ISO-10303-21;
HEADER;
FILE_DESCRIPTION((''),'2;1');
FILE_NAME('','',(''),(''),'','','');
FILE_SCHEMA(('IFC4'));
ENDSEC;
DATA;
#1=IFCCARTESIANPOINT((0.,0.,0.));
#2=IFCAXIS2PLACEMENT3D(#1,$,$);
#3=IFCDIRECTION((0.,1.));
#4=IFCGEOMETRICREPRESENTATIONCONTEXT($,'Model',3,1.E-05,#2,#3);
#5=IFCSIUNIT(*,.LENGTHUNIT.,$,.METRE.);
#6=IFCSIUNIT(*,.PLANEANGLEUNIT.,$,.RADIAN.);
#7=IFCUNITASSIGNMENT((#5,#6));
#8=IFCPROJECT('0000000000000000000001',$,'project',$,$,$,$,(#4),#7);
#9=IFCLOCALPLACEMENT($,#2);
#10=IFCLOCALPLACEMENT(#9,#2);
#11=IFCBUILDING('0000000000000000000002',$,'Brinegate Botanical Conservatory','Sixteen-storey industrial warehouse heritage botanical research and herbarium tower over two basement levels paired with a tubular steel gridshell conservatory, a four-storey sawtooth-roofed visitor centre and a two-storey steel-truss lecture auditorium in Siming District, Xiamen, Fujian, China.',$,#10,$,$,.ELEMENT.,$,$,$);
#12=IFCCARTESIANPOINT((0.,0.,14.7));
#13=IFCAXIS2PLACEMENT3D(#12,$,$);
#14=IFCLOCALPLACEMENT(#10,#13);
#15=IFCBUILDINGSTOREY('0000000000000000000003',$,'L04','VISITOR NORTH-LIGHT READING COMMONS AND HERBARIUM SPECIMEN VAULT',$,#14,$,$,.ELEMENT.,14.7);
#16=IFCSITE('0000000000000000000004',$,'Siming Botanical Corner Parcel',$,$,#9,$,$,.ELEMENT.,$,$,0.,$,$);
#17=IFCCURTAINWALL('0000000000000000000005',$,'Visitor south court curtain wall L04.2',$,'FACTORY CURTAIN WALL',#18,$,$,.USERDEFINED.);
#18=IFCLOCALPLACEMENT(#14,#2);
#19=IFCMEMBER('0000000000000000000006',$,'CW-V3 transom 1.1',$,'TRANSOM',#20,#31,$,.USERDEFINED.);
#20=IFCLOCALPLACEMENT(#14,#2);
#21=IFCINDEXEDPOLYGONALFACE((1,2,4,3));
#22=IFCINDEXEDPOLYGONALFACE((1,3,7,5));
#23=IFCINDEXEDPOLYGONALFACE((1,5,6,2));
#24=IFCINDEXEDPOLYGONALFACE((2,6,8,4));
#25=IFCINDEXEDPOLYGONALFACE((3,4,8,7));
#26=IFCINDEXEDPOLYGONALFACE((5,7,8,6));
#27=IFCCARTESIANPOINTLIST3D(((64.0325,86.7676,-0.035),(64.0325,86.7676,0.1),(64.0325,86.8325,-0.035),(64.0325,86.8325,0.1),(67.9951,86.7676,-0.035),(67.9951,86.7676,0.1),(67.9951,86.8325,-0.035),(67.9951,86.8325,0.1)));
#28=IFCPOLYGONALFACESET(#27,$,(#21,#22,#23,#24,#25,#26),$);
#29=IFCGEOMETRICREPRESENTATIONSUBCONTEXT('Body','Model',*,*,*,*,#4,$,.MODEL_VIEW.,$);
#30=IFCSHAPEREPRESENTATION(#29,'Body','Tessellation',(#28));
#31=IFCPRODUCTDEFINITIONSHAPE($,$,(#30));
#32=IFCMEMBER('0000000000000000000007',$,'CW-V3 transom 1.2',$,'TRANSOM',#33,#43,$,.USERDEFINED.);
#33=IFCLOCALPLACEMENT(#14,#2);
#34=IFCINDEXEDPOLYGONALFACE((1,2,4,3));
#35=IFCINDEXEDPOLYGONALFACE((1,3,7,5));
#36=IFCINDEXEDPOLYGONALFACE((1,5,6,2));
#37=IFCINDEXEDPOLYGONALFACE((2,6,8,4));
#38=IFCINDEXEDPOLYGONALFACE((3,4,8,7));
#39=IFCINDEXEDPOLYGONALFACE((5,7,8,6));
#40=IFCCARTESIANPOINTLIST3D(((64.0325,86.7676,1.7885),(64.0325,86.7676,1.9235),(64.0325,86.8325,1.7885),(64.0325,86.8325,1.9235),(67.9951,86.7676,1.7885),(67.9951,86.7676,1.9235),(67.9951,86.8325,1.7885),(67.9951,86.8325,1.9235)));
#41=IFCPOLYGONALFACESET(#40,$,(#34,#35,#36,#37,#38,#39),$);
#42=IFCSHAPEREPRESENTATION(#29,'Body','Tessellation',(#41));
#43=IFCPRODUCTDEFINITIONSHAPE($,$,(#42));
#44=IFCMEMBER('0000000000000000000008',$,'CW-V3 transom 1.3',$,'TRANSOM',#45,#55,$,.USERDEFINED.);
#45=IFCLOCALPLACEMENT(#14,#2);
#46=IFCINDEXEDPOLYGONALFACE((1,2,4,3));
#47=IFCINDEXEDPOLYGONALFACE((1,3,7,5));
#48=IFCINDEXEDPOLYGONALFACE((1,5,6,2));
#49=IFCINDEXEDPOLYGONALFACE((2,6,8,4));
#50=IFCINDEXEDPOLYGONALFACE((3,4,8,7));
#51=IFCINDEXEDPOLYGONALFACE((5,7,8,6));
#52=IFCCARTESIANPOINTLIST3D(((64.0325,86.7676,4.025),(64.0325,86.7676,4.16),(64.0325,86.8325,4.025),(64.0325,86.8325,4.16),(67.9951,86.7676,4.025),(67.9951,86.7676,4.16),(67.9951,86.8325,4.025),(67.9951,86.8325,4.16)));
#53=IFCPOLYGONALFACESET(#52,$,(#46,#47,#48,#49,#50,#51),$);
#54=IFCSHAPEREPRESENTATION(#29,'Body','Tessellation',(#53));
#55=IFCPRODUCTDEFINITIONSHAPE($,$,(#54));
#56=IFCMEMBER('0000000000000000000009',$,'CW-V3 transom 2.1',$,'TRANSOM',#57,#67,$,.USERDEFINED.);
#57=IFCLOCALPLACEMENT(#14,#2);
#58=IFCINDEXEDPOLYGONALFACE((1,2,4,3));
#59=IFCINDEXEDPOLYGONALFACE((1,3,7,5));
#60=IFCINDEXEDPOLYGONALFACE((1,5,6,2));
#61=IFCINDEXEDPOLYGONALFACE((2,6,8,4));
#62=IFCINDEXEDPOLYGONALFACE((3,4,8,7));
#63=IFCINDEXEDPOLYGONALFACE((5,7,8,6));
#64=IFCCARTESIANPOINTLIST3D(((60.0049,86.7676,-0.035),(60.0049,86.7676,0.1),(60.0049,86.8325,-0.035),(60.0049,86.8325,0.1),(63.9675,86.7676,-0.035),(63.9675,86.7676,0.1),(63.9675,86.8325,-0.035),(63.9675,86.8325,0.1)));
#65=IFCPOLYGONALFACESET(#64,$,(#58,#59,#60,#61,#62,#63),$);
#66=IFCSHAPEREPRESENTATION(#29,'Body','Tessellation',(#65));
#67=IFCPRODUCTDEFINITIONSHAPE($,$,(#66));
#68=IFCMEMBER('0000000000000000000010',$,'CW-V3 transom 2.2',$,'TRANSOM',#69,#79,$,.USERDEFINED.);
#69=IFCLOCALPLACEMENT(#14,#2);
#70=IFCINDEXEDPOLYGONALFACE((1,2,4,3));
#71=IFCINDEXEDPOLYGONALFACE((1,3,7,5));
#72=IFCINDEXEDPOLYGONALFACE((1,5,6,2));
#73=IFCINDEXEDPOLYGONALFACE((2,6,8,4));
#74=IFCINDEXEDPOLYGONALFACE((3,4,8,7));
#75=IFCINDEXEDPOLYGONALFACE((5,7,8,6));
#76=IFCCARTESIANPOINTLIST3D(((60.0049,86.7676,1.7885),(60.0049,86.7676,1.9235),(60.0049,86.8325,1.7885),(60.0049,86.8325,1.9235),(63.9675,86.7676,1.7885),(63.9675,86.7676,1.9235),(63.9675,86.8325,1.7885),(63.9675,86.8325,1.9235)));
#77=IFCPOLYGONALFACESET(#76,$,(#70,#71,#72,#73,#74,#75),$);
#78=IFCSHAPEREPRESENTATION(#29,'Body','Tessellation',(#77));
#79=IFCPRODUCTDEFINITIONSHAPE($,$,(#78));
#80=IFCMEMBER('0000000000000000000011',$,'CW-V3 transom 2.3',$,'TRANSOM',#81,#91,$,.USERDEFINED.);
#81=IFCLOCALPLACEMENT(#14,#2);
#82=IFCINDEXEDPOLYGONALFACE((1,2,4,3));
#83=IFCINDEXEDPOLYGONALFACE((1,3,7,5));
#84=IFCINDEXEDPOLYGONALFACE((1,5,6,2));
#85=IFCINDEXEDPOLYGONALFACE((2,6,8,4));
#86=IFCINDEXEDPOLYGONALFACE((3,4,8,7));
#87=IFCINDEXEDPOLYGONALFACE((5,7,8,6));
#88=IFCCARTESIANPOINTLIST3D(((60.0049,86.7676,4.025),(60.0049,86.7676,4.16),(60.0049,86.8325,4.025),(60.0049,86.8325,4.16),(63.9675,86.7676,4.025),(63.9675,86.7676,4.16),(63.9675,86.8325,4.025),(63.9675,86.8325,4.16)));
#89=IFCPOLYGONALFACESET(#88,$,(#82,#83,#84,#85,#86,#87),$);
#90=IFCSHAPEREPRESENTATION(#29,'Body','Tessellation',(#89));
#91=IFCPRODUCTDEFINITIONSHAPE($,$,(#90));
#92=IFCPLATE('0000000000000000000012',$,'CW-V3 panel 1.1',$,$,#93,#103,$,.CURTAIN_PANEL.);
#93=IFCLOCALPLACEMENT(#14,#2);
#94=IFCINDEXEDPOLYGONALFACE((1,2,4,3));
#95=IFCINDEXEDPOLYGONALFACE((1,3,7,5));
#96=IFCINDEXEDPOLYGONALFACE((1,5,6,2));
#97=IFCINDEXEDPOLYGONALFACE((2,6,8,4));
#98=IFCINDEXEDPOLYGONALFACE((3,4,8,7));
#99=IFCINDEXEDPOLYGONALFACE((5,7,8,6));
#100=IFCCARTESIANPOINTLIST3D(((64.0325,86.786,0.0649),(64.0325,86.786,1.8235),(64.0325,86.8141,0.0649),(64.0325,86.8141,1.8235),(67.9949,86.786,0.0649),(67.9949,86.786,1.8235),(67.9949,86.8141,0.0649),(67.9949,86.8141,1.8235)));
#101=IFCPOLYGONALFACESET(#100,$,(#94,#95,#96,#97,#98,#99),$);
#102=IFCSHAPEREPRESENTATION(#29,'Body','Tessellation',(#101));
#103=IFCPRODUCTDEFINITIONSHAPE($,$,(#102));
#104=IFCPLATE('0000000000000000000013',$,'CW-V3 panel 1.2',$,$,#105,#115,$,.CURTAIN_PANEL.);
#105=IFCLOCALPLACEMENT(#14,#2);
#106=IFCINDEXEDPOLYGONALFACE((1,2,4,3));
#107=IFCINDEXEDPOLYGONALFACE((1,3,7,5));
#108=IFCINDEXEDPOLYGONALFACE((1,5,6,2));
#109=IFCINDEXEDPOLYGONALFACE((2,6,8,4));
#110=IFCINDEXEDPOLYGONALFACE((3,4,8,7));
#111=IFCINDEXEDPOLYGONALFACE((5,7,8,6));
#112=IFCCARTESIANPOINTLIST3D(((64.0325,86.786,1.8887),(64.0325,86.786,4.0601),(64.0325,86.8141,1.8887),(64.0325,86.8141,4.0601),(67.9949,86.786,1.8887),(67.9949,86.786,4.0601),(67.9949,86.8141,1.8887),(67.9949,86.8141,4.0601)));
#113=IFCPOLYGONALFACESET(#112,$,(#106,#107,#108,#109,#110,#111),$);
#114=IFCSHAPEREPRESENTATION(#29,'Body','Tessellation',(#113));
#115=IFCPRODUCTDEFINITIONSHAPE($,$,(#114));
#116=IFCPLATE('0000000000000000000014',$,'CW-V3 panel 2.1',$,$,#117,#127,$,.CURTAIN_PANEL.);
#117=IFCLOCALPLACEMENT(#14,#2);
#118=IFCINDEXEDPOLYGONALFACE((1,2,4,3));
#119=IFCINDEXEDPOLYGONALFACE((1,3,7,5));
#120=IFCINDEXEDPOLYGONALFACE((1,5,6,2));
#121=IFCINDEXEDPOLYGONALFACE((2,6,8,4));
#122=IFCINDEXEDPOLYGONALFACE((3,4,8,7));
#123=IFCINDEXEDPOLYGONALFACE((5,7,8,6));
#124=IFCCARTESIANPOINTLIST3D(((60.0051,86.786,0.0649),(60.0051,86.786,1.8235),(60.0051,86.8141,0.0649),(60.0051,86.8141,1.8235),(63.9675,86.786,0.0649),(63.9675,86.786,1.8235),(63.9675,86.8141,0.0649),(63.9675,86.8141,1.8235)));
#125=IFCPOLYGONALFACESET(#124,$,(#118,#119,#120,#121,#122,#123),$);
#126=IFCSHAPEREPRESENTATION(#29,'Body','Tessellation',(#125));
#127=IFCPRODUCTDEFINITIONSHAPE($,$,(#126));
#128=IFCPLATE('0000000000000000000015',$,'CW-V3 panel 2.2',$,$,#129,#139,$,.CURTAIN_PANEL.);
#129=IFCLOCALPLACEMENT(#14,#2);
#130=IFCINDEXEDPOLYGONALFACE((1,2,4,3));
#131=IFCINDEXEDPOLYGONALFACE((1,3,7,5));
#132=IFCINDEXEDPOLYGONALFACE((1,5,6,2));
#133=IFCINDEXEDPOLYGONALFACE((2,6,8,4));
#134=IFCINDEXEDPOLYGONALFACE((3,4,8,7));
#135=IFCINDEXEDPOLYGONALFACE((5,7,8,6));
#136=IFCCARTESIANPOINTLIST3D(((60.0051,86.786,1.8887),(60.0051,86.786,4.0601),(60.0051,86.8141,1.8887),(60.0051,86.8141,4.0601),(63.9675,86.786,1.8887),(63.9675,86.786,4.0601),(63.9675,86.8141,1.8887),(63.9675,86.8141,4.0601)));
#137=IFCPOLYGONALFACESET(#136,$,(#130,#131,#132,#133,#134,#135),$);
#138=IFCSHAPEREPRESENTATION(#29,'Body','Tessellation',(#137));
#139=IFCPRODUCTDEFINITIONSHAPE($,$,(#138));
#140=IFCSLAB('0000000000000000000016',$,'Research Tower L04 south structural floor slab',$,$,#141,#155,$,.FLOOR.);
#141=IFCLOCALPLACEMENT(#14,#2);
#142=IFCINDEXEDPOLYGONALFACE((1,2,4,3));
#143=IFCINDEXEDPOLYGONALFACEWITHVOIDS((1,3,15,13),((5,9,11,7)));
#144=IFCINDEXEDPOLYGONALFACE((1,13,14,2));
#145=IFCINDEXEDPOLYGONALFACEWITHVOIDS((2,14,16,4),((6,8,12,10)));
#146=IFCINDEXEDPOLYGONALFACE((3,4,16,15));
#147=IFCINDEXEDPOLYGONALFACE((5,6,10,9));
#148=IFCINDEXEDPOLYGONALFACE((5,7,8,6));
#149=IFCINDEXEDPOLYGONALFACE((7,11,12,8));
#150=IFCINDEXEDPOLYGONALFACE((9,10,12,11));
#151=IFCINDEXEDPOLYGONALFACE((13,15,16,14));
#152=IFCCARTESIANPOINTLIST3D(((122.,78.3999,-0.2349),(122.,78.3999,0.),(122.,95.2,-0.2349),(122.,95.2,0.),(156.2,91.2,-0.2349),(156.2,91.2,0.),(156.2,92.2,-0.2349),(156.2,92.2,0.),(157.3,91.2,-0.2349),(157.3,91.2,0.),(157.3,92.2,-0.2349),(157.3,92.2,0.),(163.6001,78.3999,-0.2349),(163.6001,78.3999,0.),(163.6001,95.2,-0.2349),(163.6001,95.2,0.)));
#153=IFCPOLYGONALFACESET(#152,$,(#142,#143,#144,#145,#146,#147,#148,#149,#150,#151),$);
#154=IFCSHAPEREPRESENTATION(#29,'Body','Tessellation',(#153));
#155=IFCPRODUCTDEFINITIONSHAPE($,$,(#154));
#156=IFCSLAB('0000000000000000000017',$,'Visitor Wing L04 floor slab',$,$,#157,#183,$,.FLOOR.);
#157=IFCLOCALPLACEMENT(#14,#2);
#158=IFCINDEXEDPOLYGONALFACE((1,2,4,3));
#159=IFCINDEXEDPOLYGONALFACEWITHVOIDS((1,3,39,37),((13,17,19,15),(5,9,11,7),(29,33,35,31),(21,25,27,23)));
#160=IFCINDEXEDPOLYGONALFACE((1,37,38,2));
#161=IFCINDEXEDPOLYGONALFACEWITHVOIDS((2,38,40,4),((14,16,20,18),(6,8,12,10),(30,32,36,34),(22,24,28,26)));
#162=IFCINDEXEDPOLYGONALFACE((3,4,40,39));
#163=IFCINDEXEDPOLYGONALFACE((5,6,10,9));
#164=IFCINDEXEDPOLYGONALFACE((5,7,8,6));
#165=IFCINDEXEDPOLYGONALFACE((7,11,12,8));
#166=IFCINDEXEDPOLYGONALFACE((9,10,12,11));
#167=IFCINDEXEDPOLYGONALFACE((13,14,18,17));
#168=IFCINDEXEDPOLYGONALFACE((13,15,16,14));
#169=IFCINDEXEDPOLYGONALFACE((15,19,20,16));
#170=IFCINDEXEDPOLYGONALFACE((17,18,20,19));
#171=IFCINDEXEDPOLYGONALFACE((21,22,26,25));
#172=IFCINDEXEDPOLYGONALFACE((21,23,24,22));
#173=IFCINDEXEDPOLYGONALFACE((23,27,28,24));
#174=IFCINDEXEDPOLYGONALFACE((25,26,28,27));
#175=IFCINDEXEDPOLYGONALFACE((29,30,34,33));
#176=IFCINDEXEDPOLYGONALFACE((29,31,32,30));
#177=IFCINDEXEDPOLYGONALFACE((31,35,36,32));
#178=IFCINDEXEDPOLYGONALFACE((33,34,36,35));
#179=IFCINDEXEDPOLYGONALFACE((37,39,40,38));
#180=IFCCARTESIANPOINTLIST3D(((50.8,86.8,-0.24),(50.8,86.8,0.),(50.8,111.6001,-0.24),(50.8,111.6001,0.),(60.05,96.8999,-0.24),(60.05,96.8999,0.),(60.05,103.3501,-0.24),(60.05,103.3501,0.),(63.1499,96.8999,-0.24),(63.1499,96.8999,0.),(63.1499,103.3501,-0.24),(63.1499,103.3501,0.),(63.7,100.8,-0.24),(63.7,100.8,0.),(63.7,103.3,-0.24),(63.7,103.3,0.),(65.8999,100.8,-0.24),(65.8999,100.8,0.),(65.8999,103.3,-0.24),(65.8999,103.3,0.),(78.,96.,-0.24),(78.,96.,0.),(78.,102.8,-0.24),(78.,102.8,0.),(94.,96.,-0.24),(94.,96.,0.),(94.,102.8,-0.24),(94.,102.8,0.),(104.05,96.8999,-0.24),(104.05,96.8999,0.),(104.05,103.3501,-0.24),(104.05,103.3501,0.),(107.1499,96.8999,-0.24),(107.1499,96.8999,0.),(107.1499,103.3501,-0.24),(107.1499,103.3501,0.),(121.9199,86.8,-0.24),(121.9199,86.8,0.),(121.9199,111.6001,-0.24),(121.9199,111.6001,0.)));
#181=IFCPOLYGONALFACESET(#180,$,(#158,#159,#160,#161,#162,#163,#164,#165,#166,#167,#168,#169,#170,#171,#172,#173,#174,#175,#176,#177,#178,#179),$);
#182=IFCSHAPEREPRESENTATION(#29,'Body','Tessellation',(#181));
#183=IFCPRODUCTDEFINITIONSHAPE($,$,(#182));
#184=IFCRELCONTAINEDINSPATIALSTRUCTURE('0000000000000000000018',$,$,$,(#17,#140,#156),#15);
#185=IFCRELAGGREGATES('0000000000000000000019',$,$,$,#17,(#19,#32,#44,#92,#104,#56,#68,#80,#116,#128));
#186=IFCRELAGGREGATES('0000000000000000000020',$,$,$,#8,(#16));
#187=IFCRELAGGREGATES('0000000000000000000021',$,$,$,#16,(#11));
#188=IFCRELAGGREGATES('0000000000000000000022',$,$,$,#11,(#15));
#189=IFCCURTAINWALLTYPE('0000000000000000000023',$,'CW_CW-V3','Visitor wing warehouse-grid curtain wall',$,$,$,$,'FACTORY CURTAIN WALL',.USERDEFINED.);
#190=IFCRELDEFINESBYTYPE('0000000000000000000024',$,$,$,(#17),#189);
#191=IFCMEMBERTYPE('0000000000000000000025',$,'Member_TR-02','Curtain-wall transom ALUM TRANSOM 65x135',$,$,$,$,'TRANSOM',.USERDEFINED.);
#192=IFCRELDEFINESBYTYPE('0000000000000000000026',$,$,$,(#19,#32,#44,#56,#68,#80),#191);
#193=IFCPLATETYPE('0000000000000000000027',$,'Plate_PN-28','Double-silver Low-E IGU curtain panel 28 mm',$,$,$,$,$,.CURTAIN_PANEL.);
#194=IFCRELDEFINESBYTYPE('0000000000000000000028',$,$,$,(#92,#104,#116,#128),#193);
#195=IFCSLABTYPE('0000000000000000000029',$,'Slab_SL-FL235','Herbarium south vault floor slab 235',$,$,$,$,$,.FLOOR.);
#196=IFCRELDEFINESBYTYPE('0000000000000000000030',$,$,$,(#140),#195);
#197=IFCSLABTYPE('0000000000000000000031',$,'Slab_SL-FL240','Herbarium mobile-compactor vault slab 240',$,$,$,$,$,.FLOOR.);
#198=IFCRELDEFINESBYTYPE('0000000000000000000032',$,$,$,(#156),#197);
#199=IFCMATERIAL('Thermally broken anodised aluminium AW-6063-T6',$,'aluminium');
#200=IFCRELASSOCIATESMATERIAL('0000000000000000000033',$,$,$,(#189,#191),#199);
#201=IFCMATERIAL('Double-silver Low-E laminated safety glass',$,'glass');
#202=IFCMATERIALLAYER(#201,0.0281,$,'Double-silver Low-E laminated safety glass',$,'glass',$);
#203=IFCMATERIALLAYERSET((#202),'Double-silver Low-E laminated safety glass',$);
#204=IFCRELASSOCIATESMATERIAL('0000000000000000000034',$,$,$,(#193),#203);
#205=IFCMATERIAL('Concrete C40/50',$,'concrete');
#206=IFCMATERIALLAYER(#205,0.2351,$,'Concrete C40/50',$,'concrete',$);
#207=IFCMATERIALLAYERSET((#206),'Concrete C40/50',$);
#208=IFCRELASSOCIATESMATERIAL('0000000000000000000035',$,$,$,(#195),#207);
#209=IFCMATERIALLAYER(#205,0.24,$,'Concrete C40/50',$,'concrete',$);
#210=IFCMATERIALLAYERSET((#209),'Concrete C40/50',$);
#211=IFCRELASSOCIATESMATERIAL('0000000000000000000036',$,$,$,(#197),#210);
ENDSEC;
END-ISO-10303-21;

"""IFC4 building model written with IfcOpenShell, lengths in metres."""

from ifc_helpers import new_model, si_unit, direction, frame, origin, origin_2d, place, context, subcontext, project, spatial, polyline, rectangle, outline, extrude, material, layer, layer_set, material_profile, profile_set, type_object, element, aggregate, save


model = new_model("IFC4")

# Units and contexts
model_context = context("Model", 3, precision=1e-05, world=origin(), true_north=direction((0.0, 1.0)))
body_context = subcontext(model_context, "Body", "Model", "MODEL_VIEW")
ifc_project = project(units=[si_unit("LENGTHUNIT", "METRE"), si_unit("PLANEANGLEUNIT", "RADIAN")], contexts=[model_context])

# Site, building, storey
site_placement = place(None, origin())
site = spatial("IfcSite", under=ifc_project, at=site_placement, Name="Siming Botanical Corner Parcel", CompositionType="ELEMENT", RefElevation=0.0)
building_placement = place(site_placement, origin())
building = spatial("IfcBuilding", under=site, at=building_placement, Name="Brinegate Botanical Conservatory", Description="Sixteen-storey industrial warehouse heritage botanical research and herbarium tower over two basement levels paired with a tubular steel gridshell conservatory, a four-storey sawtooth-roofed visitor centre and a two-storey steel-truss lecture auditorium in Siming District, Xiamen, Fujian, China.", CompositionType="ELEMENT")
storey_placement = place(building_placement, frame((0.0, 0.0, 14.7)))
storey = spatial("IfcBuildingStorey", under=building, at=storey_placement, Name="L04", Description="VISITOR NORTH-LIGHT READING COMMONS AND HERBARIUM SPECIMEN VAULT", CompositionType="ELEMENT", Elevation=14.7)

# Shared definitions
ifc_material_1 = material(Name="Concrete C40/50", Category="concrete")

# Curtain wall, members, plates
ifc_material_2 = material(Name="Thermally broken anodised aluminium AW-6063-T6", Category="aluminium")
curtain_wall_type = type_object("IfcCurtainWallType", Name="CW_CW-V3", Description="Visitor wing warehouse-grid curtain wall", ElementType="FACTORY CURTAIN WALL", PredefinedType="USERDEFINED", material=ifc_material_2)
curtain_wall_placement = place(storey_placement, origin())
curtain_wall = element("IfcCurtainWall", 1, at=curtain_wall_placement, inside=storey, type_object=curtain_wall_type, Name="Visitor south court curtain wall L04.2", ObjectType="FACTORY CURTAIN WALL", PredefinedType="USERDEFINED")
ifc_material_profile_1 = material_profile(ifc_material_2, rectangle(XDim=0.0649, YDim=0.135, at=origin_2d()), Name="ALUM TRANSOM 65x135")
ifc_profile_set_1 = profile_set([ifc_material_profile_1], Name="Thermally broken anodised aluminium AW-6063-T6")
member_type_1 = type_object("IfcMemberType", Name="Member_TR-02", Description="Curtain-wall transom ALUM TRANSOM 65x135", ElementType="TRANSOM", PredefinedType="USERDEFINED", material=ifc_profile_set_1)
member_1_placement = place(storey_placement, frame((67.9951, 86.8, 0.0325), z_axis=(-1.0, 0.0, 0.0), x_axis=(0.0, -1.0, 0.0)))
member_1 = element("IfcMember", 2, at=member_1_placement, type_object=member_type_1, Name="CW-V3 transom 1.1", ObjectType="TRANSOM", PredefinedType="USERDEFINED", context=body_context, shape_type="SweptSolid", body=[
    extrude(rectangle(XDim=0.0649, YDim=0.135, at=origin_2d()), origin(), (0.0, 0.0, 1.0), 3.9626),
])
member_2_placement = place(storey_placement, frame((67.9951, 86.8, 1.856), z_axis=(-1.0, 0.0, 0.0), x_axis=(0.0, -1.0, 0.0)))
member_2 = element("IfcMember", 3, at=member_2_placement, type_object=member_type_1, Name="CW-V3 transom 1.2", ObjectType="TRANSOM", PredefinedType="USERDEFINED", context=body_context, shape_type="SweptSolid", body=[
    extrude(rectangle(XDim=0.0649, YDim=0.135, at=origin_2d()), origin(), (0.0, 0.0, 1.0), 3.9626),
])
member_3_placement = place(storey_placement, frame((67.9951, 86.8, 4.0925), z_axis=(-1.0, 0.0, 0.0), x_axis=(0.0, -1.0, 0.0)))
member_3 = element("IfcMember", 4, at=member_3_placement, type_object=member_type_1, Name="CW-V3 transom 1.3", ObjectType="TRANSOM", PredefinedType="USERDEFINED", context=body_context, shape_type="SweptSolid", body=[
    extrude(rectangle(XDim=0.0649, YDim=0.135, at=origin_2d()), origin(), (0.0, 0.0, 1.0), 3.9626),
])
member_4_placement = place(storey_placement, frame((63.9675, 86.8, 0.0325), z_axis=(-1.0, 0.0, 0.0), x_axis=(0.0, -1.0, 0.0)))
member_4 = element("IfcMember", 5, at=member_4_placement, type_object=member_type_1, Name="CW-V3 transom 2.1", ObjectType="TRANSOM", PredefinedType="USERDEFINED", context=body_context, shape_type="SweptSolid", body=[
    extrude(rectangle(XDim=0.0649, YDim=0.135, at=origin_2d()), origin(), (0.0, 0.0, 1.0), 3.9626),
])
member_5_placement = place(storey_placement, frame((63.9675, 86.8, 1.856), z_axis=(-1.0, 0.0, 0.0), x_axis=(0.0, -1.0, 0.0)))
member_5 = element("IfcMember", 6, at=member_5_placement, type_object=member_type_1, Name="CW-V3 transom 2.2", ObjectType="TRANSOM", PredefinedType="USERDEFINED", context=body_context, shape_type="SweptSolid", body=[
    extrude(rectangle(XDim=0.0649, YDim=0.135, at=origin_2d()), origin(), (0.0, 0.0, 1.0), 3.9626),
])
member_6_placement = place(storey_placement, frame((63.9675, 86.8, 4.0925), z_axis=(-1.0, 0.0, 0.0), x_axis=(0.0, -1.0, 0.0)))
member_6 = element("IfcMember", 7, at=member_6_placement, type_object=member_type_1, Name="CW-V3 transom 2.3", ObjectType="TRANSOM", PredefinedType="USERDEFINED", context=body_context, shape_type="SweptSolid", body=[
    extrude(rectangle(XDim=0.0649, YDim=0.135, at=origin_2d()), origin(), (0.0, 0.0, 1.0), 3.9626),
])
ifc_material_3 = material(Name="Double-silver Low-E laminated safety glass", Category="glass")
ifc_layer_1 = layer(ifc_material_3, 0.0281, Name="Double-silver Low-E laminated safety glass", Category="glass")
ifc_layer_set_1 = layer_set([ifc_layer_1], Name="Double-silver Low-E laminated safety glass")
plate_type = type_object("IfcPlateType", Name="Plate_PN-28", Description="Double-silver Low-E IGU curtain panel 28 mm", PredefinedType="CURTAIN_PANEL", material=ifc_layer_set_1)
plate_1_placement = place(storey_placement, frame((66.0137, 86.8, 0.0649), z_axis=(0.0, 0.0, 1.0), x_axis=(-1.0, 0.0, 0.0)))
plate_1 = element("IfcPlate", 8, at=plate_1_placement, type_object=plate_type, Name="CW-V3 panel 1.1", PredefinedType="CURTAIN_PANEL", context=body_context, shape_type="SweptSolid", body=[
    extrude(rectangle(XDim=3.9624, YDim=0.0281, at=origin_2d()), origin(), (0.0, 0.0, 1.0), 1.7585),
])
plate_2_placement = place(storey_placement, frame((66.0137, 86.8, 1.8887), z_axis=(0.0, 0.0, 1.0), x_axis=(-1.0, 0.0, 0.0)))
plate_2 = element("IfcPlate", 9, at=plate_2_placement, type_object=plate_type, Name="CW-V3 panel 1.2", PredefinedType="CURTAIN_PANEL", context=body_context, shape_type="SweptSolid", body=[
    extrude(rectangle(XDim=3.9624, YDim=0.0281, at=origin_2d()), origin(), (0.0, 0.0, 1.0), 2.1714),
])
plate_3_placement = place(storey_placement, frame((61.9863, 86.8, 0.0649), z_axis=(0.0, 0.0, 1.0), x_axis=(-1.0, 0.0, 0.0)))
plate_3 = element("IfcPlate", 10, at=plate_3_placement, type_object=plate_type, Name="CW-V3 panel 2.1", PredefinedType="CURTAIN_PANEL", context=body_context, shape_type="SweptSolid", body=[
    extrude(rectangle(XDim=3.9624, YDim=0.0281, at=origin_2d()), origin(), (0.0, 0.0, 1.0), 1.7585),
])
plate_4_placement = place(storey_placement, frame((61.9863, 86.8, 1.8887), z_axis=(0.0, 0.0, 1.0), x_axis=(-1.0, 0.0, 0.0)))
plate_4 = element("IfcPlate", 11, at=plate_4_placement, type_object=plate_type, Name="CW-V3 panel 2.2", PredefinedType="CURTAIN_PANEL", context=body_context, shape_type="SweptSolid", body=[
    extrude(rectangle(XDim=3.9624, YDim=0.0281, at=origin_2d()), origin(), (0.0, 0.0, 1.0), 2.1714),
])
aggregate(curtain_wall, [member_1, member_2, member_3, plate_1, plate_2, member_4, member_5, member_6, plate_3, plate_4])

# Slabs
ifc_layer_2 = layer(ifc_material_1, 0.2351, Name="Concrete C40/50", Category="concrete")
ifc_layer_set_2 = layer_set([ifc_layer_2], Name="Concrete C40/50")
slab_type_1 = type_object("IfcSlabType", Name="Slab_SL-FL235", Description="Herbarium south vault floor slab 235", PredefinedType="FLOOR", material=ifc_layer_set_2)
slab_1_placement = place(storey_placement, frame((0.0, 0.0, -0.2349)))
element("IfcSlab", 12, at=slab_1_placement, inside=storey, type_object=slab_type_1, Name="Research Tower L04 south structural floor slab", PredefinedType="FLOOR", context=body_context, shape_type="SweptSolid", body=[
    extrude(outline(polyline([(163.6001, 78.3999), (122.0, 78.3999), (122.0, 95.2), (163.6001, 95.2), (163.6001, 78.3999)]), holes=[polyline([(156.2, 91.2), (157.3, 91.2), (157.3, 92.2), (156.2, 92.2), (156.2, 91.2)])]), origin(), (0.0, 0.0, 1.0), 0.2349),
])
ifc_layer_3 = layer(ifc_material_1, 0.24, Name="Concrete C40/50", Category="concrete")
ifc_layer_set_3 = layer_set([ifc_layer_3], Name="Concrete C40/50")
slab_type_2 = type_object("IfcSlabType", Name="Slab_SL-FL240", Description="Herbarium mobile-compactor vault slab 240", PredefinedType="FLOOR", material=ifc_layer_set_3)
slab_2_placement = place(storey_placement, frame((0.0, 0.0, -0.24)))
element("IfcSlab", 13, at=slab_2_placement, inside=storey, type_object=slab_type_2, Name="Visitor Wing L04 floor slab", PredefinedType="FLOOR", context=body_context, shape_type="SweptSolid", body=[
    extrude(outline(polyline([(50.8, 86.8), (121.9199, 86.8), (121.9199, 111.6001), (50.8, 111.6001), (50.8, 86.8)]), holes=[polyline([(63.1499, 96.8999), (63.1499, 103.3501), (60.05, 103.3501), (60.05, 96.8999), (63.1499, 96.8999)]), polyline([(107.1499, 96.8999), (107.1499, 103.3501), (104.05, 103.3501), (104.05, 96.8999), (107.1499, 96.8999)]), polyline([(63.7, 100.8), (65.8999, 100.8), (65.8999, 103.3), (63.7, 103.3), (63.7, 100.8)]), polyline([(78.0, 96.0), (94.0, 96.0), (94.0, 102.8), (78.0, 102.8), (78.0, 96.0)])]), origin(), (0.0, 0.0, 1.0), 0.24),
])

save(model, "model.ifc")
